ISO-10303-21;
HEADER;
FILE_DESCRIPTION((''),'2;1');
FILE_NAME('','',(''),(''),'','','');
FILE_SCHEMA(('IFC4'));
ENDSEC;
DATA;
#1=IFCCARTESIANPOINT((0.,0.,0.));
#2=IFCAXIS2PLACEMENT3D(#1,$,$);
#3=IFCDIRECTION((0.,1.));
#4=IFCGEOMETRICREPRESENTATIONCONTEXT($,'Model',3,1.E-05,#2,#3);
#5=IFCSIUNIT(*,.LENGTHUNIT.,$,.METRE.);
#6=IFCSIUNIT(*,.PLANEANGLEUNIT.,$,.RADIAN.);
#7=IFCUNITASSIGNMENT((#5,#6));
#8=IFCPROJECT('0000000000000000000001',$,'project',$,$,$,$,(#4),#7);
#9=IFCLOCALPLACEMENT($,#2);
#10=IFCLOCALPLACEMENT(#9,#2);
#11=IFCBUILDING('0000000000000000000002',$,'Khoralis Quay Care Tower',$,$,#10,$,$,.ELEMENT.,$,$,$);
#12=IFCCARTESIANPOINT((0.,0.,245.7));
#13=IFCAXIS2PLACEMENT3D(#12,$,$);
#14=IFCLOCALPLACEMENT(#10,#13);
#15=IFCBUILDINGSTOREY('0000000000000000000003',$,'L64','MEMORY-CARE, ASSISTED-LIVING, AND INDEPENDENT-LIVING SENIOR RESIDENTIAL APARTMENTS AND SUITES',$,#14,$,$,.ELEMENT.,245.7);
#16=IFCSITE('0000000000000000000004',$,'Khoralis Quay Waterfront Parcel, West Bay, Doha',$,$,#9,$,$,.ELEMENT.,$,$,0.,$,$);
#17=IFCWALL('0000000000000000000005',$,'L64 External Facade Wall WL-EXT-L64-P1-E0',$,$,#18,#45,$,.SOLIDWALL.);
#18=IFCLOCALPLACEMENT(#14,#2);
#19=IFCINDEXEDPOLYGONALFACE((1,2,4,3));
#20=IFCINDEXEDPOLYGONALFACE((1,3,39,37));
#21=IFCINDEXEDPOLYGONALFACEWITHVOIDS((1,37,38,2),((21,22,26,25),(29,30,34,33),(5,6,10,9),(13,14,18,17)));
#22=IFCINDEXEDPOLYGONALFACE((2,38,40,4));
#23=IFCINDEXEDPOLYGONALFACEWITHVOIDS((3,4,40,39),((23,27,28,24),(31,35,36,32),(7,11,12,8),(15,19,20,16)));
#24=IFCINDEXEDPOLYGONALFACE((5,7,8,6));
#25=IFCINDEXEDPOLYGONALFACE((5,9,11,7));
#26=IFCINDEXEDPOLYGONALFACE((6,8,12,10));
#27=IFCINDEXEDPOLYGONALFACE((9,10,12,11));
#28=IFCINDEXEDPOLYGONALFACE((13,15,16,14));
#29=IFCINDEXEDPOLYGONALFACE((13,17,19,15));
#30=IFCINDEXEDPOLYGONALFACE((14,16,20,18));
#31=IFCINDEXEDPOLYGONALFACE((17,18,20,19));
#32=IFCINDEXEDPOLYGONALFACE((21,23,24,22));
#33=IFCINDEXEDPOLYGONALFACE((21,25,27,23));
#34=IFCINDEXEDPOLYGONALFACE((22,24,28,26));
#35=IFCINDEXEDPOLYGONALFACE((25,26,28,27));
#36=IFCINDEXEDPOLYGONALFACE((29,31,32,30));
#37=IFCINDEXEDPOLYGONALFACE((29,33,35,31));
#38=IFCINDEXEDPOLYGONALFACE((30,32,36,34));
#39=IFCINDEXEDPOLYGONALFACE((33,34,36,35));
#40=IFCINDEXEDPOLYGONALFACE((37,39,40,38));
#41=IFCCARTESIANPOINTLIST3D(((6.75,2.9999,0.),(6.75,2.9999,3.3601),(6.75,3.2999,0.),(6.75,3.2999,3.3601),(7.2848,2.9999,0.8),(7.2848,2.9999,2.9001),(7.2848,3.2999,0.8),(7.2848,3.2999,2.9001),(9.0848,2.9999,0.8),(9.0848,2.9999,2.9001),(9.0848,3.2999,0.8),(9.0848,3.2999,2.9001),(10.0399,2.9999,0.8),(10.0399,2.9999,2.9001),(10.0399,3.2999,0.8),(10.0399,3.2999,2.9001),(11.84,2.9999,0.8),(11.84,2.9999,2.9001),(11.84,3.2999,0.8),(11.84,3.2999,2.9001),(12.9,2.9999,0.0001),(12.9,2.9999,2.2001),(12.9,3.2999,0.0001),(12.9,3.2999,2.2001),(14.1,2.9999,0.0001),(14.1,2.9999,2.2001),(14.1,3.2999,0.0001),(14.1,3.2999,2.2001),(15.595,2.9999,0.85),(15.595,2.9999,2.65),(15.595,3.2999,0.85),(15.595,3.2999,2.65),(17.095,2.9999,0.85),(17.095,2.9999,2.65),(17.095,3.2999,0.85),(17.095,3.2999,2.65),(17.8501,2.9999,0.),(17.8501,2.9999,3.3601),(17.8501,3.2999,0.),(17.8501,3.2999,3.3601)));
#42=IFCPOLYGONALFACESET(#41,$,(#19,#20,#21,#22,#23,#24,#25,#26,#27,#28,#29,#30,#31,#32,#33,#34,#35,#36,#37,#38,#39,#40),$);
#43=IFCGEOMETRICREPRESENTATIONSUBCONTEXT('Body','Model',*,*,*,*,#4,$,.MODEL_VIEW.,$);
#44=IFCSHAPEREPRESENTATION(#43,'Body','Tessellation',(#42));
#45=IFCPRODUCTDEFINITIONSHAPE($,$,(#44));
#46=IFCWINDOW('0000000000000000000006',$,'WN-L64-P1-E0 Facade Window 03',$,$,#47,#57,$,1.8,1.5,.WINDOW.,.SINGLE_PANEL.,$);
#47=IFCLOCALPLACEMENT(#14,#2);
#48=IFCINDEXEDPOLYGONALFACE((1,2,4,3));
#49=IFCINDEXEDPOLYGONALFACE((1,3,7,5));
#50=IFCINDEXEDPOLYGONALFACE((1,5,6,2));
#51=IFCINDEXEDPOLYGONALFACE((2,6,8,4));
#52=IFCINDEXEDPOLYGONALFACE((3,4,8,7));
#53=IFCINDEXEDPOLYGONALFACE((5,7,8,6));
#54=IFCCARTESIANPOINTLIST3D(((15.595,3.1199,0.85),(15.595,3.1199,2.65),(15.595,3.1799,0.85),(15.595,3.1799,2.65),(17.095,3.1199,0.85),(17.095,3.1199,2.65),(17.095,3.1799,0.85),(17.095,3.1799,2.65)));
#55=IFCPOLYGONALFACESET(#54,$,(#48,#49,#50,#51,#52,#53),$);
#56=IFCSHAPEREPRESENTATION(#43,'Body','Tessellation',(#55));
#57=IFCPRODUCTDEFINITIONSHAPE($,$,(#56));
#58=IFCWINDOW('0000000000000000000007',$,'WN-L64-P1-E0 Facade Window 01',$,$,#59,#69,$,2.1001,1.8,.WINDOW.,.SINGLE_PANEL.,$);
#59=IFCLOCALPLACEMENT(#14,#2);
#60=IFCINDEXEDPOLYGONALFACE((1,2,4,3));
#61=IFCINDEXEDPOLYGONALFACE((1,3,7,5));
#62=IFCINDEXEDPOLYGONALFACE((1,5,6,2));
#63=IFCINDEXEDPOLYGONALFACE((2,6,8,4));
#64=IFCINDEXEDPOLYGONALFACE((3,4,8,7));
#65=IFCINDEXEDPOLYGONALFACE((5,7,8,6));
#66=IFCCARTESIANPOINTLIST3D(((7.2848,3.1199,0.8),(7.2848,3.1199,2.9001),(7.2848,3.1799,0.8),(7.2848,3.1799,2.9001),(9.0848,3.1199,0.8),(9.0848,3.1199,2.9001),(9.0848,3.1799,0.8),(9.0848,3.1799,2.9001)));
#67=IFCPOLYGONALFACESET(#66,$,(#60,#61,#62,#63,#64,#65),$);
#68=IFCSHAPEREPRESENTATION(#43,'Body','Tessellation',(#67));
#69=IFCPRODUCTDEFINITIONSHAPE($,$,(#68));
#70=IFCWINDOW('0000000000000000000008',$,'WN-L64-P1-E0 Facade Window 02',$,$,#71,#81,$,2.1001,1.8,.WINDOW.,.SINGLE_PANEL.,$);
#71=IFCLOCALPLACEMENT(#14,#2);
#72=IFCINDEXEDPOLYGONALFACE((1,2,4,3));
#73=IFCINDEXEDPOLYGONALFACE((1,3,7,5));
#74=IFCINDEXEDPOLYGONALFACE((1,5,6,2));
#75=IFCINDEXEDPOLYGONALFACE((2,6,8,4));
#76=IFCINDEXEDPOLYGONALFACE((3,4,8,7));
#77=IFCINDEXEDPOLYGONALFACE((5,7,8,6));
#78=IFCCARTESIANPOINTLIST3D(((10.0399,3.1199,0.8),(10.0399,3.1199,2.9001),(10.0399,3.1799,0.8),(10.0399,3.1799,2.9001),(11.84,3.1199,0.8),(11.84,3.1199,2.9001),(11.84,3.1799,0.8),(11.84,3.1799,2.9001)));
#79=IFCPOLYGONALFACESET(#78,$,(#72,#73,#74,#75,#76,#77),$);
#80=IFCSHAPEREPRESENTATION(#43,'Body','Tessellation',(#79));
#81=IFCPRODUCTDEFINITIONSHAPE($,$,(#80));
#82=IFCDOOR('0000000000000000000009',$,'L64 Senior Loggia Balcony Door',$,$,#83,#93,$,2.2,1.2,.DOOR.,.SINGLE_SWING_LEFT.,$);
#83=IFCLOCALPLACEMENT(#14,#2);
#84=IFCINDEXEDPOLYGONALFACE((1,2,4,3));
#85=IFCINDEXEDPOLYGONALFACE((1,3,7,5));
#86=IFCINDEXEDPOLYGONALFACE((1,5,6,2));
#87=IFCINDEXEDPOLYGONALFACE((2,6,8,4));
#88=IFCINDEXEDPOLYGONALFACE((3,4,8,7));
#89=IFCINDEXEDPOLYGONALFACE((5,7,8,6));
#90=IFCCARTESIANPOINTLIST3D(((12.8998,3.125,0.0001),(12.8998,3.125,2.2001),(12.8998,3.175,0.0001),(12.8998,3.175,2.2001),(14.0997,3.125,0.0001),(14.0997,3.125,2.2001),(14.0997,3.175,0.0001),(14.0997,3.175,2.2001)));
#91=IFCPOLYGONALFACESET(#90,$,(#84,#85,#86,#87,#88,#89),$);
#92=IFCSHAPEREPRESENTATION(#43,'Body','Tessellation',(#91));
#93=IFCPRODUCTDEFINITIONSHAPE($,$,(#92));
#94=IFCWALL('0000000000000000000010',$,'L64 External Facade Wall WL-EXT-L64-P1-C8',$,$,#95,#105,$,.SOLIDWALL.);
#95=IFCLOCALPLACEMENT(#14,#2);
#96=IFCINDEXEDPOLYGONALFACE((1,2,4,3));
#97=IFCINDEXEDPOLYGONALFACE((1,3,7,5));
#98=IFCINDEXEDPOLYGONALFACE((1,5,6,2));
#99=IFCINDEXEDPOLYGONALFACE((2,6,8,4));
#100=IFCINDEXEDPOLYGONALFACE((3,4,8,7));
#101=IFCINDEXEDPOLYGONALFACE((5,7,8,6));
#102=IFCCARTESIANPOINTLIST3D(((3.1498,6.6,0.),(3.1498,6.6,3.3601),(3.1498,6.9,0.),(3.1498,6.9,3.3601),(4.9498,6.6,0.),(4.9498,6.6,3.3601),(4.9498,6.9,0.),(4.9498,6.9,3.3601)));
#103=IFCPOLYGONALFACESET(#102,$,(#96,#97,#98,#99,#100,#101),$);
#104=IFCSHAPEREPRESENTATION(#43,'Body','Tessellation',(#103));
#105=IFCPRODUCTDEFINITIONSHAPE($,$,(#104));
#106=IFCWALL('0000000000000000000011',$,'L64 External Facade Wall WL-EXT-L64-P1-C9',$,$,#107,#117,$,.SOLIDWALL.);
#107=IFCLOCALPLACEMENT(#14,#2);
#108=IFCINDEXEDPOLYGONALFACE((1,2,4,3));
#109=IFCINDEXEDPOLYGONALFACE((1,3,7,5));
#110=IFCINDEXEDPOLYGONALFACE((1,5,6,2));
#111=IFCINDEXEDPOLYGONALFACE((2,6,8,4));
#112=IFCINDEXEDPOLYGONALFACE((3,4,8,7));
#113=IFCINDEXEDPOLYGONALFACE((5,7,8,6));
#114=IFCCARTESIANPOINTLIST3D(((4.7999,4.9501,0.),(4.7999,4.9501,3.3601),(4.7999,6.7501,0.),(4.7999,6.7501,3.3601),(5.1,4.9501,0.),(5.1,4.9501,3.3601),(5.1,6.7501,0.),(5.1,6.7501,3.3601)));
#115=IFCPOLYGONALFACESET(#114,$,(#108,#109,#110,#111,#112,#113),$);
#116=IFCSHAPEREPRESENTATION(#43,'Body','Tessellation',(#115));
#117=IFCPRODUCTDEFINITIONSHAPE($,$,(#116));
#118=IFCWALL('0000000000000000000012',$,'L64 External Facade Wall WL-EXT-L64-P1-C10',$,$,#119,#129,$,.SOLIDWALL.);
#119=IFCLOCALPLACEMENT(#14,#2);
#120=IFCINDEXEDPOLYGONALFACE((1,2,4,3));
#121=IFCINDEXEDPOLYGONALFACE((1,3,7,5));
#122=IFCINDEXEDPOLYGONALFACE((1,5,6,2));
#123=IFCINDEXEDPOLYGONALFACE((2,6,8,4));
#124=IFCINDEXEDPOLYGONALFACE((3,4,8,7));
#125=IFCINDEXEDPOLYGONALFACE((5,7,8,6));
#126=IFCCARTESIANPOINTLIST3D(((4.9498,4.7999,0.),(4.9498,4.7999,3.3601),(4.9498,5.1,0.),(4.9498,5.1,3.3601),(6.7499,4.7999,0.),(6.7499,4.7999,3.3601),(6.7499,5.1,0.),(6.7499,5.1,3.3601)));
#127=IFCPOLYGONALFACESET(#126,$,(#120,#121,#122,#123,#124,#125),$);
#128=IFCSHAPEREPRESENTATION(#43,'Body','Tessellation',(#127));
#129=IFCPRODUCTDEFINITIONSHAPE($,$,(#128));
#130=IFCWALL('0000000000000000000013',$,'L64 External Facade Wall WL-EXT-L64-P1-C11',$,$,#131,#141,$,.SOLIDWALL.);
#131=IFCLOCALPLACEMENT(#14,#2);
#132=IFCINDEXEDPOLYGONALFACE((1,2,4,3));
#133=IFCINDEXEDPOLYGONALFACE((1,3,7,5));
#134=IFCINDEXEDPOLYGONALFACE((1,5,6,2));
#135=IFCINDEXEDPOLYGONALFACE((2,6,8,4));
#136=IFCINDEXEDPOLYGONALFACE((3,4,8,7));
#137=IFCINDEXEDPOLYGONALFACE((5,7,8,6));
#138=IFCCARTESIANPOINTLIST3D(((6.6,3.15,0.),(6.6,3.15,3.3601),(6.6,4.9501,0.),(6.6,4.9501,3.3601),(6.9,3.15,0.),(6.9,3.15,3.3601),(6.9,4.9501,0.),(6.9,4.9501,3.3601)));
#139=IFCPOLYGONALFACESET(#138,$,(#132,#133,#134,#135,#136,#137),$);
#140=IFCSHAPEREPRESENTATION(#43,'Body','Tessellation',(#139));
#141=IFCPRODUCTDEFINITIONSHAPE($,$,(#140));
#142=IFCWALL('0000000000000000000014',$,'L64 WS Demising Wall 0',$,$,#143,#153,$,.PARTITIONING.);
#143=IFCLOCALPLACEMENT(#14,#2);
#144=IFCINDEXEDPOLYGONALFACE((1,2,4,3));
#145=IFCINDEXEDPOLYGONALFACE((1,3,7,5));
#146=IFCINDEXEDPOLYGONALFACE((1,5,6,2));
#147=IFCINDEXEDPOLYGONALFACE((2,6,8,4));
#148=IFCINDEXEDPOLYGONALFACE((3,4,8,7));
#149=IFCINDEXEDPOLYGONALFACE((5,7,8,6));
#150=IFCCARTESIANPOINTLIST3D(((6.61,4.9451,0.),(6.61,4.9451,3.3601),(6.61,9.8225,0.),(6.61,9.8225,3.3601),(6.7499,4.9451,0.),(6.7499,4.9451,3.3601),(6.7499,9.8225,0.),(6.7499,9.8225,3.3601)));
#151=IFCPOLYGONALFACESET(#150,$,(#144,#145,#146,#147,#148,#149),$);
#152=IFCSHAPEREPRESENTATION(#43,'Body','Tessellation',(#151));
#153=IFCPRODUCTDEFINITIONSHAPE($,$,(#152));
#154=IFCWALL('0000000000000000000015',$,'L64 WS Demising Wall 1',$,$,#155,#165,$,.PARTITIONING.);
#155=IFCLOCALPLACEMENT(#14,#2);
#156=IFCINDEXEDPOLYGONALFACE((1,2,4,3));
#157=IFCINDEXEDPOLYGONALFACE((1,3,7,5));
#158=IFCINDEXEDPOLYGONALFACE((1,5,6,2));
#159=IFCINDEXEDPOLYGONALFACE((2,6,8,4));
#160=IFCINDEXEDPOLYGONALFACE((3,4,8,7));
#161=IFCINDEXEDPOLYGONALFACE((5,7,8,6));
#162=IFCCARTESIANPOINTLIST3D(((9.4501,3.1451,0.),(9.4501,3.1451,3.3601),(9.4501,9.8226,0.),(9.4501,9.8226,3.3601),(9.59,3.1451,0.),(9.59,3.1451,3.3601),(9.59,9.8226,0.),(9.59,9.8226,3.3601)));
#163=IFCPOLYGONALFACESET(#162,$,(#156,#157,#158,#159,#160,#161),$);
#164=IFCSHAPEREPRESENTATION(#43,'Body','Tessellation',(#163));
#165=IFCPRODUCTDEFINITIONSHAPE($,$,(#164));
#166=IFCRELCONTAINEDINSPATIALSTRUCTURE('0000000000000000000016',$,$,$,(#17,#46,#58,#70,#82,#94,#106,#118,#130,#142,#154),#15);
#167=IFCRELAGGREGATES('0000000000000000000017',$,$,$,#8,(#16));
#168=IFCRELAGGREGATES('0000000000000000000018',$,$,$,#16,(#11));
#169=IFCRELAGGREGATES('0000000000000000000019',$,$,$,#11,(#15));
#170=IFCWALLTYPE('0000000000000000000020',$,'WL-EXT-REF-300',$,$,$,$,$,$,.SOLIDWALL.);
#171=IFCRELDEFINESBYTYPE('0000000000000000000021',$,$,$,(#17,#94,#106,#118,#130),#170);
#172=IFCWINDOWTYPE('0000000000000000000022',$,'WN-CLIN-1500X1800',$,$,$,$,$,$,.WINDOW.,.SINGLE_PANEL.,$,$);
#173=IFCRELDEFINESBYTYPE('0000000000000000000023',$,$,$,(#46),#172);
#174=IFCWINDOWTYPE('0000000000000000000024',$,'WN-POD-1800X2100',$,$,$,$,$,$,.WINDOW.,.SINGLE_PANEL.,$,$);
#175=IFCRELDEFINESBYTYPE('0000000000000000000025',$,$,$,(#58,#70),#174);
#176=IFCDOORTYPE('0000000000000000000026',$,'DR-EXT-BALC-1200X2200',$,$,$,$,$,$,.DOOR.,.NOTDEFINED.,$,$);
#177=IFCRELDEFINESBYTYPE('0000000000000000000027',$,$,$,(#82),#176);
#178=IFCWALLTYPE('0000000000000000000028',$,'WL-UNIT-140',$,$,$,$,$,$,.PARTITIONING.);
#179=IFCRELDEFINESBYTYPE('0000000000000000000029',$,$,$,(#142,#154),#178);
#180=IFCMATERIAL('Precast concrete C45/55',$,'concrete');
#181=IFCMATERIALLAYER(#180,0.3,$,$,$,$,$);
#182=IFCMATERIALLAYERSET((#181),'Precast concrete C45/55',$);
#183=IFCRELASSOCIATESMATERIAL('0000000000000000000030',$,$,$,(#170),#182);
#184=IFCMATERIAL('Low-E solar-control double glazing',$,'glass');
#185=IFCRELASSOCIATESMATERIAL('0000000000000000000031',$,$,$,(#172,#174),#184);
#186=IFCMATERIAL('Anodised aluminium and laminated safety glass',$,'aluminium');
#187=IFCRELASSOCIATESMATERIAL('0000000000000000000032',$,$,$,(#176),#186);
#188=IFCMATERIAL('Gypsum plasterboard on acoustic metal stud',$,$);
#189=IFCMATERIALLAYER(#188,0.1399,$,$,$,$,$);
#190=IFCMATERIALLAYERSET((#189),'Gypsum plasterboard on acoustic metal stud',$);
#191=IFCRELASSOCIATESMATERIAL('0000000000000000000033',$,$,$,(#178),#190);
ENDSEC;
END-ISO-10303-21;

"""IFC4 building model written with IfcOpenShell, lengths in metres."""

from ifc_helpers import new_model, si_unit, direction, frame, frame_2d, origin, place, context, subcontext, project, spatial, rectangle, extrude, source, transform, mapped, material, layer, layer_set, type_object, element, fill, save


model = new_model("IFC4")

# Units and contexts
model_context = context("Model", 3, precision=1e-05, world=origin(), true_north=direction((0.0, 1.0)))
body_context = subcontext(model_context, "Body", "Model", "MODEL_VIEW")
ifc_project = project(units=[si_unit("LENGTHUNIT", "METRE"), si_unit("PLANEANGLEUNIT", "RADIAN")], contexts=[model_context])

# Site, building, storey
site_placement = place(None, origin())
site = spatial("IfcSite", under=ifc_project, at=site_placement, Name="Khoralis Quay Waterfront Parcel, West Bay, Doha", CompositionType="ELEMENT", RefElevation=0.0)
building_placement = place(site_placement, origin())
building = spatial("IfcBuilding", under=site, at=building_placement, Name="Khoralis Quay Care Tower", CompositionType="ELEMENT")
storey_placement = place(building_placement, frame((0.0, 0.0, 245.7)))
storey = spatial("IfcBuildingStorey", under=building, at=storey_placement, Name="L64", Description="MEMORY-CARE, ASSISTED-LIVING, AND INDEPENDENT-LIVING SENIOR RESIDENTIAL APARTMENTS AND SUITES", CompositionType="ELEMENT", Elevation=245.7)

# Shared definitions
ifc_material_1 = material(Name="Precast concrete C45/55", Category="concrete")

# Shared definitions
ifc_material_2 = material(Name="Gypsum plasterboard on acoustic metal stud")

# Wall, openings, windows, door
ifc_layer_1 = layer(ifc_material_1, 0.3)
ifc_layer_set_1 = layer_set([ifc_layer_1], Name="Precast concrete C45/55")
wall_type_1 = type_object("IfcWallType", Name="WL-EXT-REF-300", PredefinedType="SOLIDWALL", material=ifc_layer_set_1)
wall_1_placement = place(storey_placement, frame((6.75, 3.1499, 0.0), z_axis=(0.0, 0.0, 1.0), x_axis=(1.0, 0.0, 0.0)))
wall_1 = element("IfcWall", 1, at=wall_1_placement, inside=storey, type_object=wall_type_1, Name="L64 External Facade Wall WL-EXT-L64-P1-E0", PredefinedType="SOLIDWALL", context=body_context, shape_type="SweptSolid", body=[
    extrude(rectangle(XDim=11.1001, YDim=0.3, at=frame_2d((5.55, 0.0))), origin(), (0.0, 0.0, 1.0), 3.3601),
])
opening_1_placement = place(wall_1_placement, frame((0.5349, 0.0, 0.8)))
opening_1 = element("IfcOpeningElement", 2, at=opening_1_placement, cuts=wall_1, PredefinedType="OPENING", context=body_context, shape_type="SweptSolid", body=[
    extrude(rectangle(XDim=1.8, YDim=2.1001, at=frame_2d((0.8999, 1.05))), frame((0.0, 0.1602, 0.0), z_axis=(0.0, -1.0, 0.0), x_axis=(1.0, 0.0, 0.0)), (0.0, 0.0, 1.0), 0.3201),
])
opening_2_placement = place(wall_1_placement, frame((3.29, 0.0, 0.8)))
opening_2 = element("IfcOpeningElement", 3, at=opening_2_placement, cuts=wall_1, PredefinedType="OPENING", context=body_context, shape_type="SweptSolid", body=[
    extrude(rectangle(XDim=1.8, YDim=2.1001, at=frame_2d((0.8999, 1.05))), frame((0.0, 0.1602, 0.0), z_axis=(0.0, -1.0, 0.0), x_axis=(1.0, 0.0, 0.0)), (0.0, 0.0, 1.0), 0.3201),
])
opening_3_placement = place(wall_1_placement, frame((8.845, 0.0, 0.8501)))
opening_3 = element("IfcOpeningElement", 4, at=opening_3_placement, cuts=wall_1, PredefinedType="OPENING", context=body_context, shape_type="SweptSolid", body=[
    extrude(rectangle(XDim=1.5, YDim=1.8, at=frame_2d((0.75, 0.8999))), frame((0.0, 0.1602, 0.0), z_axis=(0.0, -1.0, 0.0), x_axis=(1.0, 0.0, 0.0)), (0.0, 0.0, 1.0), 0.3201),
])
opening_4_placement = place(wall_1_placement, frame((6.1499, 0.0, 0.0)))
opening_4 = element("IfcOpeningElement", 5, at=opening_4_placement, cuts=wall_1, PredefinedType="OPENING", context=body_context, shape_type="SweptSolid", body=[
    extrude(rectangle(XDim=1.2, YDim=2.2, at=frame_2d((0.6001, 1.1001))), frame((0.0, 0.1602, 0.0), z_axis=(0.0, -1.0, 0.0), x_axis=(1.0, 0.0, 0.0)), (0.0, 0.0, 1.0), 0.3201),
])
ifc_material_3 = material(Name="Low-E solar-control double glazing", Category="glass")
window_type_1 = type_object("IfcWindowType", Name="WN-CLIN-1500X1800", PartitioningType="SINGLE_PANEL", PredefinedType="WINDOW", material=ifc_material_3)
shared_shape_1 = source(origin(), body_context, "Body", "SweptSolid", [
    extrude(rectangle(XDim=1.5, YDim=1.8, at=frame_2d((0.75, 0.8999))), frame((0.0, 0.03, 0.0), z_axis=(0.0, -1.0, 0.0), x_axis=(1.0, 0.0, 0.0)), (0.0, 0.0, 1.0), 0.0601),
])
window_1_placement = place(opening_3_placement, origin())
window_1 = element("IfcWindow", 6, at=window_1_placement, inside=storey, type_object=window_type_1, Name="WN-L64-P1-E0 Facade Window 03", OverallHeight=1.8, OverallWidth=1.5, PartitioningType="SINGLE_PANEL", PredefinedType="WINDOW", context=body_context, shape_type="MappedRepresentation", body=[
    mapped(shared_shape_1, transform((0.0, 0.0, 0.0), scale=1.0)),
])
fill(opening_3, window_1)
window_type_2 = type_object("IfcWindowType", Name="WN-POD-1800X2100", PartitioningType="SINGLE_PANEL", PredefinedType="WINDOW", material=ifc_material_3)
shared_shape_2 = source(origin(), body_context, "Body", "SweptSolid", [
    extrude(rectangle(XDim=1.8, YDim=2.1001, at=frame_2d((0.8999, 1.05))), frame((0.0, 0.03, 0.0), z_axis=(0.0, -1.0, 0.0), x_axis=(1.0, 0.0, 0.0)), (0.0, 0.0, 1.0), 0.0601),
])
window_2_placement = place(opening_1_placement, origin())
window_2 = element("IfcWindow", 7, at=window_2_placement, inside=storey, type_object=window_type_2, Name="WN-L64-P1-E0 Facade Window 01", OverallHeight=2.1001, OverallWidth=1.8, PartitioningType="SINGLE_PANEL", PredefinedType="WINDOW", context=body_context, shape_type="MappedRepresentation", body=[
    mapped(shared_shape_2, transform((0.0, 0.0, 0.0), scale=1.0)),
])
fill(opening_1, window_2)
window_3_placement = place(opening_2_placement, origin())
window_3 = element("IfcWindow", 8, at=window_3_placement, inside=storey, type_object=window_type_2, Name="WN-L64-P1-E0 Facade Window 02", OverallHeight=2.1001, OverallWidth=1.8, PartitioningType="SINGLE_PANEL", PredefinedType="WINDOW", context=body_context, shape_type="MappedRepresentation", body=[
    mapped(shared_shape_2, transform((0.0, 0.0, 0.0), scale=1.0)),
])
fill(opening_2, window_3)
ifc_material_4 = material(Name="Anodised aluminium and laminated safety glass", Category="aluminium")
door_type_1 = type_object("IfcDoorType", Name="DR-EXT-BALC-1200X2200", OperationType="NOTDEFINED", PredefinedType="DOOR", material=ifc_material_4)
shared_shape_3 = source(origin(), body_context, "Body", "SweptSolid", [
    extrude(rectangle(XDim=1.2, YDim=2.2, at=frame_2d((0.6001, 1.1001))), frame((0.0, 0.0249, 0.0), z_axis=(0.0, -1.0, 0.0), x_axis=(1.0, 0.0, 0.0)), (0.0, 0.0, 1.0), 0.05),
])
door_1_placement = place(opening_4_placement, frame((1.2, 0.0, 0.0), z_axis=(0.0, 0.0, 1.0), x_axis=(-1.0, 0.0, 0.0)))
door_1 = element("IfcDoor", 9, at=door_1_placement, inside=storey, type_object=door_type_1, Name="L64 Senior Loggia Balcony Door", OperationType="SINGLE_SWING_LEFT", OverallHeight=2.2, OverallWidth=1.2, PredefinedType="DOOR", context=body_context, shape_type="MappedRepresentation", body=[
    mapped(shared_shape_3, transform((0.0, 0.0, 0.0), scale=1.0)),
])
fill(opening_4, door_1)

# Walls
for number, where, z_axis, x_axis, name in (
    (10, (3.1499, 6.75, 0.0), (0.0, 0.0, 1.0), (1.0, 0.0, 0.0), "L64 External Facade Wall WL-EXT-L64-P1-C8"),
    (11, (4.95, 6.75, 0.0), (0.0, 0.0, 1.0), (0.0, -1.0, 0.0), "L64 External Facade Wall WL-EXT-L64-P1-C9"),
    (12, (4.95, 4.95, 0.0), (0.0, 0.0, 1.0), (1.0, 0.0, 0.0), "L64 External Facade Wall WL-EXT-L64-P1-C10"),
    (13, (6.75, 4.95, 0.0), (0.0, 0.0, 1.0), (0.0, -1.0, 0.0), "L64 External Facade Wall WL-EXT-L64-P1-C11"),
):
    element("IfcWall", number, at=place(storey_placement, frame(where, z_axis=z_axis, x_axis=x_axis)), inside=storey, type_object=wall_type_1, Name=name, PredefinedType="SOLIDWALL", context=body_context, shape_type="SweptSolid", body=[
        extrude(rectangle(XDim=1.8, YDim=0.3, at=frame_2d((0.8999, 0.0))), origin(), (0.0, 0.0, 1.0), 3.3601),
    ])
ifc_layer_2 = layer(ifc_material_2, 0.1399)
ifc_layer_set_2 = layer_set([ifc_layer_2], Name="Gypsum plasterboard on acoustic metal stud")
wall_type_2 = type_object("IfcWallType", Name="WL-UNIT-140", PredefinedType="PARTITIONING", material=ifc_layer_set_2)
wall_2_placement = place(storey_placement, frame((6.6799, 4.9451, 0.0), z_axis=(0.0, 0.0, 1.0), x_axis=(0.0, 1.0, 0.0)))
element("IfcWall", 14, at=wall_2_placement, inside=storey, type_object=wall_type_2, Name="L64 WS Demising Wall 0", PredefinedType="PARTITIONING", context=body_context, shape_type="SweptSolid", body=[
    extrude(rectangle(XDim=4.8774, YDim=0.1399, at=frame_2d((2.4387, 0.0))), origin(), (0.0, 0.0, 1.0), 3.3601),
])
wall_3_placement = place(storey_placement, frame((9.52, 3.145, 0.0), z_axis=(0.0, 0.0, 1.0), x_axis=(0.0, 1.0, 0.0)))
element("IfcWall", 15, at=wall_3_placement, inside=storey, type_object=wall_type_2, Name="L64 WS Demising Wall 1", PredefinedType="PARTITIONING", context=body_context, shape_type="SweptSolid", body=[
    extrude(rectangle(XDim=6.6775, YDim=0.1399, at=frame_2d((3.3389, 0.0))), origin(), (0.0, 0.0, 1.0), 3.3601),
])

save(model, "model.ifc")
